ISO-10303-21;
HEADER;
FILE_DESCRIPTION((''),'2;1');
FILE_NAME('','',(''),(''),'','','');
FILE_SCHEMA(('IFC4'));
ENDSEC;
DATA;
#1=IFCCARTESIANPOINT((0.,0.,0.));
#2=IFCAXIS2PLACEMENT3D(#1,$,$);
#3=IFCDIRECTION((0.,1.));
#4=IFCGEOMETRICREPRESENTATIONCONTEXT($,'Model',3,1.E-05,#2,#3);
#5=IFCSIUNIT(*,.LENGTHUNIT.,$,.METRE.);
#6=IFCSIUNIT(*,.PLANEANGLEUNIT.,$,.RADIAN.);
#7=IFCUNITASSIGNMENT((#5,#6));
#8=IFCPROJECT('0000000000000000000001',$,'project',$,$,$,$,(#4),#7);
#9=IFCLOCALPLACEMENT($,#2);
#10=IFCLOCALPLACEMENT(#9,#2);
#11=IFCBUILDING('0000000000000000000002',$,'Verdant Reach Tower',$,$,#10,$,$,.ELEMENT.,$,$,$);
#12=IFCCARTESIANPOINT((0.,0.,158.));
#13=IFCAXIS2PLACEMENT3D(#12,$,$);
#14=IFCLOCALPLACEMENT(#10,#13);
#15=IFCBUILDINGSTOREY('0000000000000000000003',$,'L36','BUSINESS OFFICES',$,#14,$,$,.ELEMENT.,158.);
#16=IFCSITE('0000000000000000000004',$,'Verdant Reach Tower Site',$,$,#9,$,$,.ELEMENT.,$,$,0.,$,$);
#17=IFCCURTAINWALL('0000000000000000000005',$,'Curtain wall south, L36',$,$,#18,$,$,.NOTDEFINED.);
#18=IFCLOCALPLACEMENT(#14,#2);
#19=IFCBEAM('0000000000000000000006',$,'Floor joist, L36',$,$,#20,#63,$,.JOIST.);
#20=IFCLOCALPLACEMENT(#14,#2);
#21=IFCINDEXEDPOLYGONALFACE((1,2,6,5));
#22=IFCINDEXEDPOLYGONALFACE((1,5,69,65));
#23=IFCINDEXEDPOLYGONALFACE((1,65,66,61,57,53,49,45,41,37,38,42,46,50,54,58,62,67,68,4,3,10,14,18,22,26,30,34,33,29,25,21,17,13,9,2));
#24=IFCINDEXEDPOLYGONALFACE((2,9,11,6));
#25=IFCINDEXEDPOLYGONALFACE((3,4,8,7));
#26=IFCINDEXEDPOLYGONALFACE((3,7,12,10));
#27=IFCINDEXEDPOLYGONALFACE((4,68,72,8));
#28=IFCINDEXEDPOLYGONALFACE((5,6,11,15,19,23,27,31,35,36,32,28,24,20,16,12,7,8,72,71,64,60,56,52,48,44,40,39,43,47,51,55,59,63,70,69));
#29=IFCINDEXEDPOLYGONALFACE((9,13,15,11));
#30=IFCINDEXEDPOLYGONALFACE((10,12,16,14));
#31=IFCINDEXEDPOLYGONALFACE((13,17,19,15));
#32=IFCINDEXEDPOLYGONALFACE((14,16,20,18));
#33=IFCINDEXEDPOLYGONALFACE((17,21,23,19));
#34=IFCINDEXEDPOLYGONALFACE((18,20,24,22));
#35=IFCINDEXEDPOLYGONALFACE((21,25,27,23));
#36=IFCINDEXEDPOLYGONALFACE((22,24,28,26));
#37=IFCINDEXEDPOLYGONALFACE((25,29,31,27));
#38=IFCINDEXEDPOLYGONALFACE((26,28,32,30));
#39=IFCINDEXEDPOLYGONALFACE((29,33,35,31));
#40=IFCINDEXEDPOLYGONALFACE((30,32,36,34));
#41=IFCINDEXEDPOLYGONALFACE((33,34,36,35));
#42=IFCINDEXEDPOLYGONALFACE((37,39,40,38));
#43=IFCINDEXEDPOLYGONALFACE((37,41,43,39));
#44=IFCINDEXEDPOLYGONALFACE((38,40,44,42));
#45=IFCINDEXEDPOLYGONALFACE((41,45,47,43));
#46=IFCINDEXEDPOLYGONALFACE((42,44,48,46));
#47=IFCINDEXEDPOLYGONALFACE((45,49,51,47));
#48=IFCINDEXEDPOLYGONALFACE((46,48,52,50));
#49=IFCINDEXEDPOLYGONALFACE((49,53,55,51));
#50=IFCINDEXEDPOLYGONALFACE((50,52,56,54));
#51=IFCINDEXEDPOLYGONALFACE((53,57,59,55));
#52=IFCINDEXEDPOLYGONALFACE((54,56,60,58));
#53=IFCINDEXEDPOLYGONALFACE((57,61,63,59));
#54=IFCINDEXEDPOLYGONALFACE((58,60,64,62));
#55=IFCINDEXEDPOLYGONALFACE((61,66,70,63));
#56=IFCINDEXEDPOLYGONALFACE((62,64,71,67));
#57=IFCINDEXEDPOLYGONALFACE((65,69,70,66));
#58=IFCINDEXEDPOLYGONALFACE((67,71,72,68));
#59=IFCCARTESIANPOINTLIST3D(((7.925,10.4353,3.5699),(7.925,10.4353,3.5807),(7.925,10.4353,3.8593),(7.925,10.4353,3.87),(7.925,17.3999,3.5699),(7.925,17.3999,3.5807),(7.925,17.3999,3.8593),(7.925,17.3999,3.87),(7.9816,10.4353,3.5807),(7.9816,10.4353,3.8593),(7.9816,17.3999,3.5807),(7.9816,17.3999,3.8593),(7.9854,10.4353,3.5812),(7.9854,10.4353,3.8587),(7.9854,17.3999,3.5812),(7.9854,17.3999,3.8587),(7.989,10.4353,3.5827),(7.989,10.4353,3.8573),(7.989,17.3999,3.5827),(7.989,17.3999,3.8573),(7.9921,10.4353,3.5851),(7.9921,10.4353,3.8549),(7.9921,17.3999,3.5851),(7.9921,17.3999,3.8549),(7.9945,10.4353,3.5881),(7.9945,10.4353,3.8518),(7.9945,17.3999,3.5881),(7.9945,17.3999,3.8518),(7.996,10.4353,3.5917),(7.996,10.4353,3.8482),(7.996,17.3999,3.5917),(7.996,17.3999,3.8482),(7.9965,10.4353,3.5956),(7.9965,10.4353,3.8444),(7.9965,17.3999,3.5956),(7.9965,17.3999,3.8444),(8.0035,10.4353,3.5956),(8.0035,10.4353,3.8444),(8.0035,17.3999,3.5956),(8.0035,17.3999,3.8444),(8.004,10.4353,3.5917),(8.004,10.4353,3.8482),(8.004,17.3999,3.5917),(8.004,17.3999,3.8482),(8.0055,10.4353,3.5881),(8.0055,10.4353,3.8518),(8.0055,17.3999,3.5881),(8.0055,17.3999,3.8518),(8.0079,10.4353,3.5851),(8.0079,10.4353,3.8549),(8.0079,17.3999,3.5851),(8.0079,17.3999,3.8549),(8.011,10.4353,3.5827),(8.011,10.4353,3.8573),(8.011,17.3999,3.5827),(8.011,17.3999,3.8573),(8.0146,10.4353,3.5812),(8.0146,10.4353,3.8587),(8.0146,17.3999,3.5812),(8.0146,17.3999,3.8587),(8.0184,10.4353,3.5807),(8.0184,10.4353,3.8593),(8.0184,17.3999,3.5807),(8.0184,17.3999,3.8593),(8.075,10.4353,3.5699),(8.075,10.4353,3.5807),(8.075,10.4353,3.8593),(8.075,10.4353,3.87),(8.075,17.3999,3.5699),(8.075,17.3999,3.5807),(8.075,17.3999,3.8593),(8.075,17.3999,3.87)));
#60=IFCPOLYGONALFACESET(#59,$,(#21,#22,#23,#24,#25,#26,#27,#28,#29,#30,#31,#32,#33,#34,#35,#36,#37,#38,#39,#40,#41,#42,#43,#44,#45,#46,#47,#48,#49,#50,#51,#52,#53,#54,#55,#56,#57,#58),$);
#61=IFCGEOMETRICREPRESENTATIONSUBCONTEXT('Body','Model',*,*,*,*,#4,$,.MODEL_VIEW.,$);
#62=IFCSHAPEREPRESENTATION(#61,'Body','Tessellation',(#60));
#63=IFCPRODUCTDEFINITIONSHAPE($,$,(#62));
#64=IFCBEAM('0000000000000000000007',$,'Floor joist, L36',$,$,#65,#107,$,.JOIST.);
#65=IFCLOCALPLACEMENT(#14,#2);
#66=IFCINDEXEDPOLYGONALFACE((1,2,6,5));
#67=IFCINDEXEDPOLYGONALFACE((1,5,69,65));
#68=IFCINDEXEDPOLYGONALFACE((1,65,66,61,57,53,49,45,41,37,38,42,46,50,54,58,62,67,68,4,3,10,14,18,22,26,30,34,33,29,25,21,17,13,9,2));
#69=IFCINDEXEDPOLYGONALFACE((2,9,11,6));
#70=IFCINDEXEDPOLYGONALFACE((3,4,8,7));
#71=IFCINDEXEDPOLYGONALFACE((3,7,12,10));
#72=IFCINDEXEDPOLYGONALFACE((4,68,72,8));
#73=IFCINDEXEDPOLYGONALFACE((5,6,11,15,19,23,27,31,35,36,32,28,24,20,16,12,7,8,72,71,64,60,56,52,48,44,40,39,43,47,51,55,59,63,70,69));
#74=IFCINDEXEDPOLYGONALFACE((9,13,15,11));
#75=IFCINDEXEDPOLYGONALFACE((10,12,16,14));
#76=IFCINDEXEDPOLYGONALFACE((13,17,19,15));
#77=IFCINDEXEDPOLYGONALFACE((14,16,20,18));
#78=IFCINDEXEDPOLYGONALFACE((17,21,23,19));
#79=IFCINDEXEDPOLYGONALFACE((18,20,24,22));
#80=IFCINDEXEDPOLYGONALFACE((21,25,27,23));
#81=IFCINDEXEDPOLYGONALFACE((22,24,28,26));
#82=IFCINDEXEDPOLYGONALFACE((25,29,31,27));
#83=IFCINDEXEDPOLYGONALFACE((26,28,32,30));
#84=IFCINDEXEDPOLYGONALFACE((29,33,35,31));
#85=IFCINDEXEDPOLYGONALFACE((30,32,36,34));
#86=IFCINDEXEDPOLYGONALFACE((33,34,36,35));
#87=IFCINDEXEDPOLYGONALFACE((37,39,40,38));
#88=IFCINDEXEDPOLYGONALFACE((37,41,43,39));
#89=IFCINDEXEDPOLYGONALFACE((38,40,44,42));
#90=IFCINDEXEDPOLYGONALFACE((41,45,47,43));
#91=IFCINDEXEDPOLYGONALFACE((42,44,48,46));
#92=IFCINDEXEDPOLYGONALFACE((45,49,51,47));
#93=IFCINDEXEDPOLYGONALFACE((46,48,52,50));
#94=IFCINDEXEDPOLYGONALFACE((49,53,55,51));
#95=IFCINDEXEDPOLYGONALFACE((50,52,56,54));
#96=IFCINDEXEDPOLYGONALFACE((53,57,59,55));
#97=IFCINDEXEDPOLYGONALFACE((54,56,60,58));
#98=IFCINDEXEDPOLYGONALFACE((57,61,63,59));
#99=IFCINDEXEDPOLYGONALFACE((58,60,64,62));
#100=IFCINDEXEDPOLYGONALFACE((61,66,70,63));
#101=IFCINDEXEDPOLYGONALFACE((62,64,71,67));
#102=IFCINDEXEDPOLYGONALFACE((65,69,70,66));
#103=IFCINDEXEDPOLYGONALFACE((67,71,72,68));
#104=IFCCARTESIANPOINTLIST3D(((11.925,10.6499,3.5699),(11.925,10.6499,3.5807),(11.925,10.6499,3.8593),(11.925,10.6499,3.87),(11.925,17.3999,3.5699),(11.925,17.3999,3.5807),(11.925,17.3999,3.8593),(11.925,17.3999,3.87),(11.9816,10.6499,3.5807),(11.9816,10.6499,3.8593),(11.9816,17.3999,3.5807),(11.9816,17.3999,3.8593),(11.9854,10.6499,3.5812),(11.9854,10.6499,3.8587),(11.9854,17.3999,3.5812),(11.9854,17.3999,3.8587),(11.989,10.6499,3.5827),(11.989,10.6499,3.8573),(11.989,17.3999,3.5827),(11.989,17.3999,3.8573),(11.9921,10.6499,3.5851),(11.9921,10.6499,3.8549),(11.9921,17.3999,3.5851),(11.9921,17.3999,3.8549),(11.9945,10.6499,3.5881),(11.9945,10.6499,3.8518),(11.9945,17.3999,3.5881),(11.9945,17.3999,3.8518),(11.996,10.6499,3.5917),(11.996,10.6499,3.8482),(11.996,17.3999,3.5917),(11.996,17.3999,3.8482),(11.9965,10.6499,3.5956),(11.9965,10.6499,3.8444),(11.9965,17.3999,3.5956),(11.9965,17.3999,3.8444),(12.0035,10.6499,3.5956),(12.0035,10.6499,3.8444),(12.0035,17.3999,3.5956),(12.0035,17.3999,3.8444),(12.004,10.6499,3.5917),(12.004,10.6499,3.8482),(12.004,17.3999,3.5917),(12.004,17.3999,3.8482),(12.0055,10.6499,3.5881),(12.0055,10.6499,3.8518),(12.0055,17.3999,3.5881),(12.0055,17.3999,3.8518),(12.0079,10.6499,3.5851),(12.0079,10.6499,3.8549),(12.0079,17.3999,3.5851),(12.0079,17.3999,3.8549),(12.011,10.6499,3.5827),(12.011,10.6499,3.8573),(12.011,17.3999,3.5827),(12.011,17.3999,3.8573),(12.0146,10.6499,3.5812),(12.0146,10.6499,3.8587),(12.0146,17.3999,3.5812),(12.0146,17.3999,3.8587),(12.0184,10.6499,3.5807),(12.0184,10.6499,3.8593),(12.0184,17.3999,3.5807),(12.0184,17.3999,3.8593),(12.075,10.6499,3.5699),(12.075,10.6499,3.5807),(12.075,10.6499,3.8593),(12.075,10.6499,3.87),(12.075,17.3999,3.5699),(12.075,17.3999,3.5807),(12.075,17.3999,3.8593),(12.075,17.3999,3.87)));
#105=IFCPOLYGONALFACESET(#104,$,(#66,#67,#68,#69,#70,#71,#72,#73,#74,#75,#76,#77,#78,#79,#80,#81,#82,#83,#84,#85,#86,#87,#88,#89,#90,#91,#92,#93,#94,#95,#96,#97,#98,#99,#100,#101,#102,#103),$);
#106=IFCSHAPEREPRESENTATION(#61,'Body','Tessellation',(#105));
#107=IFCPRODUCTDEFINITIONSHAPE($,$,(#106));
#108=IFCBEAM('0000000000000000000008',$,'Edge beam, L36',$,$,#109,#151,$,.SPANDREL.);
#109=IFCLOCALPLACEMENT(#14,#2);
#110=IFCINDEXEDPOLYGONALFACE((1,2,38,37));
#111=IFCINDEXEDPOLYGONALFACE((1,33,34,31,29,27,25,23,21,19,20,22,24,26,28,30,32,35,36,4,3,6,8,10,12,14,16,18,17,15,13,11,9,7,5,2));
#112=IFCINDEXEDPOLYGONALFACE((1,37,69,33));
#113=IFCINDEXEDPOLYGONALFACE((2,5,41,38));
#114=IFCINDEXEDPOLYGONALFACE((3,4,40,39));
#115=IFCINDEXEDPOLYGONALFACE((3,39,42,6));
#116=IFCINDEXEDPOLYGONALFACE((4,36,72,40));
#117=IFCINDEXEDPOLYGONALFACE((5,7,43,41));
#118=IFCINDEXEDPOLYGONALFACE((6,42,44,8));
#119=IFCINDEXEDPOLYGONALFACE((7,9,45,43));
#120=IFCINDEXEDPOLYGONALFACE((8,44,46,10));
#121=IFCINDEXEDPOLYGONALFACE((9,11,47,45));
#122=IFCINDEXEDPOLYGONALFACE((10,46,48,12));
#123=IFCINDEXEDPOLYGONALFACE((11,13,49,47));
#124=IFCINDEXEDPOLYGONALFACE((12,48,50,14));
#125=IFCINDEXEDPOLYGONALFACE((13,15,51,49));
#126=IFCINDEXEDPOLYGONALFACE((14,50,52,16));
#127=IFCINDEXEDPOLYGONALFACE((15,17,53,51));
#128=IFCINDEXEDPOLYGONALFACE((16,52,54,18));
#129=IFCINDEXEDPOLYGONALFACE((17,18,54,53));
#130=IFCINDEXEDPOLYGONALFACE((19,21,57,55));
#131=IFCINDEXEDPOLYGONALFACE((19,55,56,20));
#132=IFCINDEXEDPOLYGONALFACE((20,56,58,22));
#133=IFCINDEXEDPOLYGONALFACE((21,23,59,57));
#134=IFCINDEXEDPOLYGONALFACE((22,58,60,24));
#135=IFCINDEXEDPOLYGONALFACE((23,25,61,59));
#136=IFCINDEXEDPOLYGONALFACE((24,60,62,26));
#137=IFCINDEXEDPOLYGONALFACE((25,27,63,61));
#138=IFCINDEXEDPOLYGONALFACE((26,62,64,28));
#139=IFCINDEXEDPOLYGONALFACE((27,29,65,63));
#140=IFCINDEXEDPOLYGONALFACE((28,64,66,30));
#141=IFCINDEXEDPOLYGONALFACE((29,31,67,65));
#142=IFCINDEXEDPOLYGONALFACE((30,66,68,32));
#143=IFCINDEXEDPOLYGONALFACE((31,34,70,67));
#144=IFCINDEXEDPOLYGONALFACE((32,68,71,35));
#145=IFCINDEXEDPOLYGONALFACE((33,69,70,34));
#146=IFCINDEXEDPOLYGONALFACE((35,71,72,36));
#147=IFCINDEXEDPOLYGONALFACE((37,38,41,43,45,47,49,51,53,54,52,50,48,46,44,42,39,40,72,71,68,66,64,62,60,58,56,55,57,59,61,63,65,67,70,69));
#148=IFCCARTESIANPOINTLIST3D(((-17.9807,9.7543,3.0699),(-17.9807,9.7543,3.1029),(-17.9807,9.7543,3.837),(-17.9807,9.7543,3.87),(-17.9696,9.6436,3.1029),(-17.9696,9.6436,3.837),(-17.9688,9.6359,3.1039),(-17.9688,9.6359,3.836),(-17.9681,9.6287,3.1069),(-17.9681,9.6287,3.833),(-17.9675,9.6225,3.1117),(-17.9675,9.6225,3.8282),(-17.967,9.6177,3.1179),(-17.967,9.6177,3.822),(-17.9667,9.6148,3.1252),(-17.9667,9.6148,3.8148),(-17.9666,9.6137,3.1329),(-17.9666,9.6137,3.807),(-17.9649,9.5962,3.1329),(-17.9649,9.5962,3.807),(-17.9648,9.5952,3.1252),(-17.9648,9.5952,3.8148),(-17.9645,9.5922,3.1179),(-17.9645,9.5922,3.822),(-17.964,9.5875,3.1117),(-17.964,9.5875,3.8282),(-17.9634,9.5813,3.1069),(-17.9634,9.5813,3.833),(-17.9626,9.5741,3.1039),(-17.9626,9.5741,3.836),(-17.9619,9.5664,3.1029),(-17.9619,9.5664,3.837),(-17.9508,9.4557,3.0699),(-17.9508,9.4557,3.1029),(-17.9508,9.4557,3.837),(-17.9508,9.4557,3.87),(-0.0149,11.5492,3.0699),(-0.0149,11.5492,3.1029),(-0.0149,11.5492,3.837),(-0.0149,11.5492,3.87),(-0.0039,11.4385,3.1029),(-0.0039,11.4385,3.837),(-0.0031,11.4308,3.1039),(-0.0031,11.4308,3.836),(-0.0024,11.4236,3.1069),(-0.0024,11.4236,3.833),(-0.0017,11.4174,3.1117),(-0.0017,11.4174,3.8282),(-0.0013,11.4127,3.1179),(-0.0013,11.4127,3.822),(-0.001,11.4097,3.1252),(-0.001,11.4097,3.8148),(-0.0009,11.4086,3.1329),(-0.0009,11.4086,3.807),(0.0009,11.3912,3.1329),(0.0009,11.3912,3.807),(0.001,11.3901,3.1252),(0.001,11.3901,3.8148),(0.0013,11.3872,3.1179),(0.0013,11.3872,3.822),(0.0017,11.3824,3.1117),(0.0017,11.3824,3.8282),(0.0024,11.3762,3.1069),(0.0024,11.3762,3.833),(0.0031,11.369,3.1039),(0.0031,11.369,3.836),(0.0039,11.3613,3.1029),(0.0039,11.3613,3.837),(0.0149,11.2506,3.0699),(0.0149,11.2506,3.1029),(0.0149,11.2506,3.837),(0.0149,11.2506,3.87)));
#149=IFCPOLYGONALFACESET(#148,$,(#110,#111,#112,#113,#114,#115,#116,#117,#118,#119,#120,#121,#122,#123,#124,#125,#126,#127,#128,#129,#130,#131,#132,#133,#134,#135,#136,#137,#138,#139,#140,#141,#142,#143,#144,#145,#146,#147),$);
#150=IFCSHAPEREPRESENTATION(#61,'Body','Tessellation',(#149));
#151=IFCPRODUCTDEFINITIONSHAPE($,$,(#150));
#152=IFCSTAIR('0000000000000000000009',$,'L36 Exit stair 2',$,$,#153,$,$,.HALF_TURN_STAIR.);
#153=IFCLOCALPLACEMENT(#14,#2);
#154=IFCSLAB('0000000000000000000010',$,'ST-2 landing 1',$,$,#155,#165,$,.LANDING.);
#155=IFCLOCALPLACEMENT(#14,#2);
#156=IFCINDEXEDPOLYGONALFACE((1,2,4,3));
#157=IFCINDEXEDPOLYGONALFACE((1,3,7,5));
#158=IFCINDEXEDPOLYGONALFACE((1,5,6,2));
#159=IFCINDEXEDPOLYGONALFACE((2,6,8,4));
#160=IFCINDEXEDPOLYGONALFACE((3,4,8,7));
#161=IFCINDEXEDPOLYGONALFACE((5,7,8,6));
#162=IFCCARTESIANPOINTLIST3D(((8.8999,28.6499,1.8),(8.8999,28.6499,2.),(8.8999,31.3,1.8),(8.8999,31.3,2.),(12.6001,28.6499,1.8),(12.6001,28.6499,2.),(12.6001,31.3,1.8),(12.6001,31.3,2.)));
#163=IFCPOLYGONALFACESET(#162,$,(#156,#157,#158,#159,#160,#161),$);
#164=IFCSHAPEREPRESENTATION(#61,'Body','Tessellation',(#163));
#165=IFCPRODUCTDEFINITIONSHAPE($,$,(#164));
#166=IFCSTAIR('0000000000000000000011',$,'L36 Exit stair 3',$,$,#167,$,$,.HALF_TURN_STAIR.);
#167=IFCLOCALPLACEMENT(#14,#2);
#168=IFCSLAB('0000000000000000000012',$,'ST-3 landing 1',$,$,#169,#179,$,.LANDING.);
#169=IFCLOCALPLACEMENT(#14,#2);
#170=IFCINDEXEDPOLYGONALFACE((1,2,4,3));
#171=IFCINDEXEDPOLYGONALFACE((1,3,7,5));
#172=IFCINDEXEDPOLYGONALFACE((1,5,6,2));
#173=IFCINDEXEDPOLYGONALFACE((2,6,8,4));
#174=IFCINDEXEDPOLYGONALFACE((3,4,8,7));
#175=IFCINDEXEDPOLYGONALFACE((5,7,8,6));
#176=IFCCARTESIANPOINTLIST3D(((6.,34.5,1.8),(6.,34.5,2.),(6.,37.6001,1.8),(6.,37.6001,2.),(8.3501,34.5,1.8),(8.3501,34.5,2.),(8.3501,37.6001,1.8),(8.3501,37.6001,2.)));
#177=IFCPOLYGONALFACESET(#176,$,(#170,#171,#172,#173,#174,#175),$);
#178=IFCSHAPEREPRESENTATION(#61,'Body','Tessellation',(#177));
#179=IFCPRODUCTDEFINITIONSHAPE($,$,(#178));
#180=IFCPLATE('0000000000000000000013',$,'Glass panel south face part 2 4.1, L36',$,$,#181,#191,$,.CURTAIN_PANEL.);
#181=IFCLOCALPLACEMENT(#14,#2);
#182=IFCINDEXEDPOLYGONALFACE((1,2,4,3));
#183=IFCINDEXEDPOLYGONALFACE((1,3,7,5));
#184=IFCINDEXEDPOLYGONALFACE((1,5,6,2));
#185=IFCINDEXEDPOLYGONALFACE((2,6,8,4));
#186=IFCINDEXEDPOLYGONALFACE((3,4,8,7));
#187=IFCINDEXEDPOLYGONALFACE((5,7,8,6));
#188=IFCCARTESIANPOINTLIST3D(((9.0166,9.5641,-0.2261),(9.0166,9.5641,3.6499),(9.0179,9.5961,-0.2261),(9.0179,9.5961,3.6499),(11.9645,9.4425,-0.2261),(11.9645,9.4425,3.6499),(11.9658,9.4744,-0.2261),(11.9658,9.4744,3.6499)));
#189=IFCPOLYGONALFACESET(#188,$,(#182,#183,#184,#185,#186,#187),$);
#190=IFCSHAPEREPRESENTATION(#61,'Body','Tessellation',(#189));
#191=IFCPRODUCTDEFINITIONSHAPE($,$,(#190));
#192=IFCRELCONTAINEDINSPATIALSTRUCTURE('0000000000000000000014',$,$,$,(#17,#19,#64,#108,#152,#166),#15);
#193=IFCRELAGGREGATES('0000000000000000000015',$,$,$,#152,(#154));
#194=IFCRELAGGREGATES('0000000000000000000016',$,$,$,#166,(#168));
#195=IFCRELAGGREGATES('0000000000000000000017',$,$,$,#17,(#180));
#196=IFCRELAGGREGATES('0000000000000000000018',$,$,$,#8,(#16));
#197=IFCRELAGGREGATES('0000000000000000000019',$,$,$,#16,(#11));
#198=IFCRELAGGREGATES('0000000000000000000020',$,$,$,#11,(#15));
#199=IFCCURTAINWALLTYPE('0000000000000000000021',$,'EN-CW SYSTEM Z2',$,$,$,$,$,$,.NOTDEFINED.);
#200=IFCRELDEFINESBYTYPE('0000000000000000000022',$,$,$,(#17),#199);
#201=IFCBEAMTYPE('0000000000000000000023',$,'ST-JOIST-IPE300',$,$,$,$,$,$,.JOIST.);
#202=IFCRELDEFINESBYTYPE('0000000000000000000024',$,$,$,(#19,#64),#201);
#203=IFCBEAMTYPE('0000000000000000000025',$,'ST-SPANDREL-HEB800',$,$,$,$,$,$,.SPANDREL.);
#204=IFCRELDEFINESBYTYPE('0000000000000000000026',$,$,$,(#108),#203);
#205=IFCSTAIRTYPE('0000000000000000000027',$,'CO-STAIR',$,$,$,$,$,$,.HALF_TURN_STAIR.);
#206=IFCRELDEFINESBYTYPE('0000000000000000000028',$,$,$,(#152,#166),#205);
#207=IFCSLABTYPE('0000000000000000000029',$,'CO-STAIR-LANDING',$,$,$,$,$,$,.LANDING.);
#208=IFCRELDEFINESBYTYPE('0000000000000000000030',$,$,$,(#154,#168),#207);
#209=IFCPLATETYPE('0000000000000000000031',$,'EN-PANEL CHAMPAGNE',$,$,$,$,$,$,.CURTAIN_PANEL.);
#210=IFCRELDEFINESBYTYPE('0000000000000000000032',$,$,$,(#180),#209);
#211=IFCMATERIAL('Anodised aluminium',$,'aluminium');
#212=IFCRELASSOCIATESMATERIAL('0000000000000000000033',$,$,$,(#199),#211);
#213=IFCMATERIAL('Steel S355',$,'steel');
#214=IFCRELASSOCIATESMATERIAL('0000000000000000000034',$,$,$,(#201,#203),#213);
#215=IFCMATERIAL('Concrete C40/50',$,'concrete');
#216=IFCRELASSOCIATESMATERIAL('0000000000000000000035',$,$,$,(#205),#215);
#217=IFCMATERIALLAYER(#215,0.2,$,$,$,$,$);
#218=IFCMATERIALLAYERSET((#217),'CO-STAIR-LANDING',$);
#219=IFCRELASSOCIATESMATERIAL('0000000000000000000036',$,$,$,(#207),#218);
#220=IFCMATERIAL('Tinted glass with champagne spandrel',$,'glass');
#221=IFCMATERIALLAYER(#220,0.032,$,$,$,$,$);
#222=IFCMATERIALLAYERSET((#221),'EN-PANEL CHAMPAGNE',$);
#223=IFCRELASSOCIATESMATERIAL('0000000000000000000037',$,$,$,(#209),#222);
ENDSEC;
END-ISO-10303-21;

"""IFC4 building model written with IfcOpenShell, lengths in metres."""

from ifc_helpers import new_model, si_unit, direction, frame, origin, origin_2d, place, context, subcontext, project, spatial, polyline, rectangle, i_section, outline, extrude, material, layer, layer_set, material_profile, profile_set, type_object, element, aggregate, save


model = new_model("IFC4")

# Units and contexts
model_context = context("Model", 3, precision=1e-05, world=origin(), true_north=direction((0.0, 1.0)))
body_context = subcontext(model_context, "Body", "Model", "MODEL_VIEW")
ifc_project = project(units=[si_unit("LENGTHUNIT", "METRE"), si_unit("PLANEANGLEUNIT", "RADIAN")], contexts=[model_context])

# Site, building, storey
site_placement = place(None, origin())
site = spatial("IfcSite", under=ifc_project, at=site_placement, Name="Verdant Reach Tower Site", CompositionType="ELEMENT", RefElevation=0.0)
building_placement = place(site_placement, origin())
building = spatial("IfcBuilding", under=site, at=building_placement, Name="Verdant Reach Tower", CompositionType="ELEMENT")
storey_placement = place(building_placement, frame((0.0, 0.0, 158.0)))
storey = spatial("IfcBuildingStorey", under=building, at=storey_placement, Name="L36", Description="BUSINESS OFFICES", CompositionType="ELEMENT", Elevation=158.0)

# Curtain wall
ifc_material_1 = material(Name="Anodised aluminium", Category="aluminium")
curtain_wall_type = type_object("IfcCurtainWallType", Name="EN-CW SYSTEM Z2", PredefinedType="NOTDEFINED", material=ifc_material_1)
curtain_wall_placement = place(storey_placement, origin())
curtain_wall = element("IfcCurtainWall", 1, at=curtain_wall_placement, inside=storey, type_object=curtain_wall_type, Name="Curtain wall south, L36", PredefinedType="NOTDEFINED")

# Beams
ifc_material_2 = material(Name="Steel S355", Category="steel")
ifc_material_profile_1 = material_profile(ifc_material_2, i_section(OverallWidth=0.1499, OverallDepth=0.3, WebThickness=0.0071, FlangeThickness=0.0107, FilletRadius=0.0149, at=origin_2d()), Name="IPE 300")
ifc_profile_set_1 = profile_set([ifc_material_profile_1], Name="Steel S355")
beam_type_1 = type_object("IfcBeamType", Name="ST-JOIST-IPE300", PredefinedType="JOIST", material=ifc_profile_set_1)
beam_1_placement = place(storey_placement, frame((8.0, 17.3999, 3.72), z_axis=(0.0, -1.0, 0.0), x_axis=(1.0, 0.0, 0.0)))
element("IfcBeam", 2, at=beam_1_placement, inside=storey, type_object=beam_type_1, Name="Floor joist, L36", PredefinedType="JOIST", context=body_context, shape_type="SweptSolid", body=[
    extrude(i_section(OverallWidth=0.1499, OverallDepth=0.3, WebThickness=0.0071, FlangeThickness=0.0107, FilletRadius=0.0149, at=origin_2d()), origin(), (0.0, 0.0, 1.0), 6.9646),
])
beam_2_placement = place(storey_placement, frame((12.0, 17.3999, 3.72), z_axis=(0.0, -1.0, 0.0), x_axis=(1.0, 0.0, 0.0)))
element("IfcBeam", 3, at=beam_2_placement, inside=storey, type_object=beam_type_1, Name="Floor joist, L36", PredefinedType="JOIST", context=body_context, shape_type="SweptSolid", body=[
    extrude(i_section(OverallWidth=0.1499, OverallDepth=0.3, WebThickness=0.0071, FlangeThickness=0.0107, FilletRadius=0.0149, at=origin_2d()), origin(), (0.0, 0.0, 1.0), 6.75),
])
ifc_material_profile_2 = material_profile(ifc_material_2, i_section(OverallWidth=0.3, OverallDepth=0.8, WebThickness=0.0176, FlangeThickness=0.033, FilletRadius=0.03, at=origin_2d()), Name="HEB 800")
ifc_profile_set_2 = profile_set([ifc_material_profile_2], Name="Steel S355")
beam_type_2 = type_object("IfcBeamType", Name="ST-SPANDREL-HEB800", PredefinedType="SPANDREL", material=ifc_profile_set_2)
beam_3_placement = place(storey_placement, frame((0.0, 11.3999, 3.47), z_axis=(-0.995046, -0.099413, 0.0), x_axis=(0.099413, -0.995046, 0.0)))
element("IfcBeam", 4, at=beam_3_placement, inside=storey, type_object=beam_type_2, Name="Edge beam, L36", PredefinedType="SPANDREL", context=body_context, shape_type="SweptSolid", body=[
    extrude(i_section(OverallWidth=0.3, OverallDepth=0.8, WebThickness=0.0176, FlangeThickness=0.033, FilletRadius=0.03, at=origin_2d()), origin(), (0.0, 0.0, 1.0), 18.0552),
])

# Stairs, slabs
ifc_material_3 = material(Name="Concrete C40/50", Category="concrete")
stair_type = type_object("IfcStairType", Name="CO-STAIR", PredefinedType="HALF_TURN_STAIR", material=ifc_material_3)
stair_1_placement = place(storey_placement, origin())
stair_1 = element("IfcStair", 5, at=stair_1_placement, inside=storey, type_object=stair_type, Name="L36 Exit stair 2", PredefinedType="HALF_TURN_STAIR")
ifc_layer_1 = layer(ifc_material_3, 0.2)
ifc_layer_set_1 = layer_set([ifc_layer_1], Name="CO-STAIR-LANDING")
slab_type = type_object("IfcSlabType", Name="CO-STAIR-LANDING", PredefinedType="LANDING", material=ifc_layer_set_1)
slab_1_placement = place(storey_placement, frame((0.0, 0.0, 1.8)))
slab_1 = element("IfcSlab", 6, at=slab_1_placement, type_object=slab_type, Name="ST-2 landing 1", PredefinedType="LANDING", context=body_context, shape_type="SweptSolid", body=[
    extrude(outline(polyline([(12.6001, 28.6499), (12.6001, 31.3), (8.8999, 31.3), (8.8999, 28.6499), (12.6001, 28.6499)])), origin(), (0.0, 0.0, 1.0), 0.2),
])
aggregate(stair_1, [slab_1])
stair_2_placement = place(storey_placement, origin())
stair_2 = element("IfcStair", 7, at=stair_2_placement, inside=storey, type_object=stair_type, Name="L36 Exit stair 3", PredefinedType="HALF_TURN_STAIR")
slab_2_placement = place(storey_placement, frame((0.0, 0.0, 1.8)))
slab_2 = element("IfcSlab", 8, at=slab_2_placement, type_object=slab_type, Name="ST-3 landing 1", PredefinedType="LANDING", context=body_context, shape_type="SweptSolid", body=[
    extrude(outline(polyline([(8.3501, 37.6001), (6.0, 37.6001), (6.0, 34.5), (8.3501, 34.5), (8.3501, 37.6001)])), origin(), (0.0, 0.0, 1.0), 0.2),
])
aggregate(stair_2, [slab_2])

# Plate
ifc_material_4 = material(Name="Tinted glass with champagne spandrel", Category="glass")
ifc_layer_2 = layer(ifc_material_4, 0.032)
ifc_layer_set_2 = layer_set([ifc_layer_2], Name="EN-PANEL CHAMPAGNE")
plate_type_1 = type_object("IfcPlateType", Name="EN-PANEL CHAMPAGNE", PredefinedType="CURTAIN_PANEL", material=ifc_layer_set_2)
plate_1_placement = place(storey_placement, frame((10.4912, 9.5193, -0.2261), z_axis=(0.0, 0.0, 1.0), x_axis=(0.999149, -0.041242, 0.0)))
plate_1 = element("IfcPlate", 9, at=plate_1_placement, type_object=plate_type_1, Name="Glass panel south face part 2 4.1, L36", PredefinedType="CURTAIN_PANEL", context=body_context, shape_type="SweptSolid", body=[
    extrude(rectangle(XDim=2.9504, YDim=0.032, at=origin_2d()), origin(), (0.0, 0.0, 1.0), 3.876),
])
aggregate(curtain_wall, [plate_1])

save(model, "model.ifc")
